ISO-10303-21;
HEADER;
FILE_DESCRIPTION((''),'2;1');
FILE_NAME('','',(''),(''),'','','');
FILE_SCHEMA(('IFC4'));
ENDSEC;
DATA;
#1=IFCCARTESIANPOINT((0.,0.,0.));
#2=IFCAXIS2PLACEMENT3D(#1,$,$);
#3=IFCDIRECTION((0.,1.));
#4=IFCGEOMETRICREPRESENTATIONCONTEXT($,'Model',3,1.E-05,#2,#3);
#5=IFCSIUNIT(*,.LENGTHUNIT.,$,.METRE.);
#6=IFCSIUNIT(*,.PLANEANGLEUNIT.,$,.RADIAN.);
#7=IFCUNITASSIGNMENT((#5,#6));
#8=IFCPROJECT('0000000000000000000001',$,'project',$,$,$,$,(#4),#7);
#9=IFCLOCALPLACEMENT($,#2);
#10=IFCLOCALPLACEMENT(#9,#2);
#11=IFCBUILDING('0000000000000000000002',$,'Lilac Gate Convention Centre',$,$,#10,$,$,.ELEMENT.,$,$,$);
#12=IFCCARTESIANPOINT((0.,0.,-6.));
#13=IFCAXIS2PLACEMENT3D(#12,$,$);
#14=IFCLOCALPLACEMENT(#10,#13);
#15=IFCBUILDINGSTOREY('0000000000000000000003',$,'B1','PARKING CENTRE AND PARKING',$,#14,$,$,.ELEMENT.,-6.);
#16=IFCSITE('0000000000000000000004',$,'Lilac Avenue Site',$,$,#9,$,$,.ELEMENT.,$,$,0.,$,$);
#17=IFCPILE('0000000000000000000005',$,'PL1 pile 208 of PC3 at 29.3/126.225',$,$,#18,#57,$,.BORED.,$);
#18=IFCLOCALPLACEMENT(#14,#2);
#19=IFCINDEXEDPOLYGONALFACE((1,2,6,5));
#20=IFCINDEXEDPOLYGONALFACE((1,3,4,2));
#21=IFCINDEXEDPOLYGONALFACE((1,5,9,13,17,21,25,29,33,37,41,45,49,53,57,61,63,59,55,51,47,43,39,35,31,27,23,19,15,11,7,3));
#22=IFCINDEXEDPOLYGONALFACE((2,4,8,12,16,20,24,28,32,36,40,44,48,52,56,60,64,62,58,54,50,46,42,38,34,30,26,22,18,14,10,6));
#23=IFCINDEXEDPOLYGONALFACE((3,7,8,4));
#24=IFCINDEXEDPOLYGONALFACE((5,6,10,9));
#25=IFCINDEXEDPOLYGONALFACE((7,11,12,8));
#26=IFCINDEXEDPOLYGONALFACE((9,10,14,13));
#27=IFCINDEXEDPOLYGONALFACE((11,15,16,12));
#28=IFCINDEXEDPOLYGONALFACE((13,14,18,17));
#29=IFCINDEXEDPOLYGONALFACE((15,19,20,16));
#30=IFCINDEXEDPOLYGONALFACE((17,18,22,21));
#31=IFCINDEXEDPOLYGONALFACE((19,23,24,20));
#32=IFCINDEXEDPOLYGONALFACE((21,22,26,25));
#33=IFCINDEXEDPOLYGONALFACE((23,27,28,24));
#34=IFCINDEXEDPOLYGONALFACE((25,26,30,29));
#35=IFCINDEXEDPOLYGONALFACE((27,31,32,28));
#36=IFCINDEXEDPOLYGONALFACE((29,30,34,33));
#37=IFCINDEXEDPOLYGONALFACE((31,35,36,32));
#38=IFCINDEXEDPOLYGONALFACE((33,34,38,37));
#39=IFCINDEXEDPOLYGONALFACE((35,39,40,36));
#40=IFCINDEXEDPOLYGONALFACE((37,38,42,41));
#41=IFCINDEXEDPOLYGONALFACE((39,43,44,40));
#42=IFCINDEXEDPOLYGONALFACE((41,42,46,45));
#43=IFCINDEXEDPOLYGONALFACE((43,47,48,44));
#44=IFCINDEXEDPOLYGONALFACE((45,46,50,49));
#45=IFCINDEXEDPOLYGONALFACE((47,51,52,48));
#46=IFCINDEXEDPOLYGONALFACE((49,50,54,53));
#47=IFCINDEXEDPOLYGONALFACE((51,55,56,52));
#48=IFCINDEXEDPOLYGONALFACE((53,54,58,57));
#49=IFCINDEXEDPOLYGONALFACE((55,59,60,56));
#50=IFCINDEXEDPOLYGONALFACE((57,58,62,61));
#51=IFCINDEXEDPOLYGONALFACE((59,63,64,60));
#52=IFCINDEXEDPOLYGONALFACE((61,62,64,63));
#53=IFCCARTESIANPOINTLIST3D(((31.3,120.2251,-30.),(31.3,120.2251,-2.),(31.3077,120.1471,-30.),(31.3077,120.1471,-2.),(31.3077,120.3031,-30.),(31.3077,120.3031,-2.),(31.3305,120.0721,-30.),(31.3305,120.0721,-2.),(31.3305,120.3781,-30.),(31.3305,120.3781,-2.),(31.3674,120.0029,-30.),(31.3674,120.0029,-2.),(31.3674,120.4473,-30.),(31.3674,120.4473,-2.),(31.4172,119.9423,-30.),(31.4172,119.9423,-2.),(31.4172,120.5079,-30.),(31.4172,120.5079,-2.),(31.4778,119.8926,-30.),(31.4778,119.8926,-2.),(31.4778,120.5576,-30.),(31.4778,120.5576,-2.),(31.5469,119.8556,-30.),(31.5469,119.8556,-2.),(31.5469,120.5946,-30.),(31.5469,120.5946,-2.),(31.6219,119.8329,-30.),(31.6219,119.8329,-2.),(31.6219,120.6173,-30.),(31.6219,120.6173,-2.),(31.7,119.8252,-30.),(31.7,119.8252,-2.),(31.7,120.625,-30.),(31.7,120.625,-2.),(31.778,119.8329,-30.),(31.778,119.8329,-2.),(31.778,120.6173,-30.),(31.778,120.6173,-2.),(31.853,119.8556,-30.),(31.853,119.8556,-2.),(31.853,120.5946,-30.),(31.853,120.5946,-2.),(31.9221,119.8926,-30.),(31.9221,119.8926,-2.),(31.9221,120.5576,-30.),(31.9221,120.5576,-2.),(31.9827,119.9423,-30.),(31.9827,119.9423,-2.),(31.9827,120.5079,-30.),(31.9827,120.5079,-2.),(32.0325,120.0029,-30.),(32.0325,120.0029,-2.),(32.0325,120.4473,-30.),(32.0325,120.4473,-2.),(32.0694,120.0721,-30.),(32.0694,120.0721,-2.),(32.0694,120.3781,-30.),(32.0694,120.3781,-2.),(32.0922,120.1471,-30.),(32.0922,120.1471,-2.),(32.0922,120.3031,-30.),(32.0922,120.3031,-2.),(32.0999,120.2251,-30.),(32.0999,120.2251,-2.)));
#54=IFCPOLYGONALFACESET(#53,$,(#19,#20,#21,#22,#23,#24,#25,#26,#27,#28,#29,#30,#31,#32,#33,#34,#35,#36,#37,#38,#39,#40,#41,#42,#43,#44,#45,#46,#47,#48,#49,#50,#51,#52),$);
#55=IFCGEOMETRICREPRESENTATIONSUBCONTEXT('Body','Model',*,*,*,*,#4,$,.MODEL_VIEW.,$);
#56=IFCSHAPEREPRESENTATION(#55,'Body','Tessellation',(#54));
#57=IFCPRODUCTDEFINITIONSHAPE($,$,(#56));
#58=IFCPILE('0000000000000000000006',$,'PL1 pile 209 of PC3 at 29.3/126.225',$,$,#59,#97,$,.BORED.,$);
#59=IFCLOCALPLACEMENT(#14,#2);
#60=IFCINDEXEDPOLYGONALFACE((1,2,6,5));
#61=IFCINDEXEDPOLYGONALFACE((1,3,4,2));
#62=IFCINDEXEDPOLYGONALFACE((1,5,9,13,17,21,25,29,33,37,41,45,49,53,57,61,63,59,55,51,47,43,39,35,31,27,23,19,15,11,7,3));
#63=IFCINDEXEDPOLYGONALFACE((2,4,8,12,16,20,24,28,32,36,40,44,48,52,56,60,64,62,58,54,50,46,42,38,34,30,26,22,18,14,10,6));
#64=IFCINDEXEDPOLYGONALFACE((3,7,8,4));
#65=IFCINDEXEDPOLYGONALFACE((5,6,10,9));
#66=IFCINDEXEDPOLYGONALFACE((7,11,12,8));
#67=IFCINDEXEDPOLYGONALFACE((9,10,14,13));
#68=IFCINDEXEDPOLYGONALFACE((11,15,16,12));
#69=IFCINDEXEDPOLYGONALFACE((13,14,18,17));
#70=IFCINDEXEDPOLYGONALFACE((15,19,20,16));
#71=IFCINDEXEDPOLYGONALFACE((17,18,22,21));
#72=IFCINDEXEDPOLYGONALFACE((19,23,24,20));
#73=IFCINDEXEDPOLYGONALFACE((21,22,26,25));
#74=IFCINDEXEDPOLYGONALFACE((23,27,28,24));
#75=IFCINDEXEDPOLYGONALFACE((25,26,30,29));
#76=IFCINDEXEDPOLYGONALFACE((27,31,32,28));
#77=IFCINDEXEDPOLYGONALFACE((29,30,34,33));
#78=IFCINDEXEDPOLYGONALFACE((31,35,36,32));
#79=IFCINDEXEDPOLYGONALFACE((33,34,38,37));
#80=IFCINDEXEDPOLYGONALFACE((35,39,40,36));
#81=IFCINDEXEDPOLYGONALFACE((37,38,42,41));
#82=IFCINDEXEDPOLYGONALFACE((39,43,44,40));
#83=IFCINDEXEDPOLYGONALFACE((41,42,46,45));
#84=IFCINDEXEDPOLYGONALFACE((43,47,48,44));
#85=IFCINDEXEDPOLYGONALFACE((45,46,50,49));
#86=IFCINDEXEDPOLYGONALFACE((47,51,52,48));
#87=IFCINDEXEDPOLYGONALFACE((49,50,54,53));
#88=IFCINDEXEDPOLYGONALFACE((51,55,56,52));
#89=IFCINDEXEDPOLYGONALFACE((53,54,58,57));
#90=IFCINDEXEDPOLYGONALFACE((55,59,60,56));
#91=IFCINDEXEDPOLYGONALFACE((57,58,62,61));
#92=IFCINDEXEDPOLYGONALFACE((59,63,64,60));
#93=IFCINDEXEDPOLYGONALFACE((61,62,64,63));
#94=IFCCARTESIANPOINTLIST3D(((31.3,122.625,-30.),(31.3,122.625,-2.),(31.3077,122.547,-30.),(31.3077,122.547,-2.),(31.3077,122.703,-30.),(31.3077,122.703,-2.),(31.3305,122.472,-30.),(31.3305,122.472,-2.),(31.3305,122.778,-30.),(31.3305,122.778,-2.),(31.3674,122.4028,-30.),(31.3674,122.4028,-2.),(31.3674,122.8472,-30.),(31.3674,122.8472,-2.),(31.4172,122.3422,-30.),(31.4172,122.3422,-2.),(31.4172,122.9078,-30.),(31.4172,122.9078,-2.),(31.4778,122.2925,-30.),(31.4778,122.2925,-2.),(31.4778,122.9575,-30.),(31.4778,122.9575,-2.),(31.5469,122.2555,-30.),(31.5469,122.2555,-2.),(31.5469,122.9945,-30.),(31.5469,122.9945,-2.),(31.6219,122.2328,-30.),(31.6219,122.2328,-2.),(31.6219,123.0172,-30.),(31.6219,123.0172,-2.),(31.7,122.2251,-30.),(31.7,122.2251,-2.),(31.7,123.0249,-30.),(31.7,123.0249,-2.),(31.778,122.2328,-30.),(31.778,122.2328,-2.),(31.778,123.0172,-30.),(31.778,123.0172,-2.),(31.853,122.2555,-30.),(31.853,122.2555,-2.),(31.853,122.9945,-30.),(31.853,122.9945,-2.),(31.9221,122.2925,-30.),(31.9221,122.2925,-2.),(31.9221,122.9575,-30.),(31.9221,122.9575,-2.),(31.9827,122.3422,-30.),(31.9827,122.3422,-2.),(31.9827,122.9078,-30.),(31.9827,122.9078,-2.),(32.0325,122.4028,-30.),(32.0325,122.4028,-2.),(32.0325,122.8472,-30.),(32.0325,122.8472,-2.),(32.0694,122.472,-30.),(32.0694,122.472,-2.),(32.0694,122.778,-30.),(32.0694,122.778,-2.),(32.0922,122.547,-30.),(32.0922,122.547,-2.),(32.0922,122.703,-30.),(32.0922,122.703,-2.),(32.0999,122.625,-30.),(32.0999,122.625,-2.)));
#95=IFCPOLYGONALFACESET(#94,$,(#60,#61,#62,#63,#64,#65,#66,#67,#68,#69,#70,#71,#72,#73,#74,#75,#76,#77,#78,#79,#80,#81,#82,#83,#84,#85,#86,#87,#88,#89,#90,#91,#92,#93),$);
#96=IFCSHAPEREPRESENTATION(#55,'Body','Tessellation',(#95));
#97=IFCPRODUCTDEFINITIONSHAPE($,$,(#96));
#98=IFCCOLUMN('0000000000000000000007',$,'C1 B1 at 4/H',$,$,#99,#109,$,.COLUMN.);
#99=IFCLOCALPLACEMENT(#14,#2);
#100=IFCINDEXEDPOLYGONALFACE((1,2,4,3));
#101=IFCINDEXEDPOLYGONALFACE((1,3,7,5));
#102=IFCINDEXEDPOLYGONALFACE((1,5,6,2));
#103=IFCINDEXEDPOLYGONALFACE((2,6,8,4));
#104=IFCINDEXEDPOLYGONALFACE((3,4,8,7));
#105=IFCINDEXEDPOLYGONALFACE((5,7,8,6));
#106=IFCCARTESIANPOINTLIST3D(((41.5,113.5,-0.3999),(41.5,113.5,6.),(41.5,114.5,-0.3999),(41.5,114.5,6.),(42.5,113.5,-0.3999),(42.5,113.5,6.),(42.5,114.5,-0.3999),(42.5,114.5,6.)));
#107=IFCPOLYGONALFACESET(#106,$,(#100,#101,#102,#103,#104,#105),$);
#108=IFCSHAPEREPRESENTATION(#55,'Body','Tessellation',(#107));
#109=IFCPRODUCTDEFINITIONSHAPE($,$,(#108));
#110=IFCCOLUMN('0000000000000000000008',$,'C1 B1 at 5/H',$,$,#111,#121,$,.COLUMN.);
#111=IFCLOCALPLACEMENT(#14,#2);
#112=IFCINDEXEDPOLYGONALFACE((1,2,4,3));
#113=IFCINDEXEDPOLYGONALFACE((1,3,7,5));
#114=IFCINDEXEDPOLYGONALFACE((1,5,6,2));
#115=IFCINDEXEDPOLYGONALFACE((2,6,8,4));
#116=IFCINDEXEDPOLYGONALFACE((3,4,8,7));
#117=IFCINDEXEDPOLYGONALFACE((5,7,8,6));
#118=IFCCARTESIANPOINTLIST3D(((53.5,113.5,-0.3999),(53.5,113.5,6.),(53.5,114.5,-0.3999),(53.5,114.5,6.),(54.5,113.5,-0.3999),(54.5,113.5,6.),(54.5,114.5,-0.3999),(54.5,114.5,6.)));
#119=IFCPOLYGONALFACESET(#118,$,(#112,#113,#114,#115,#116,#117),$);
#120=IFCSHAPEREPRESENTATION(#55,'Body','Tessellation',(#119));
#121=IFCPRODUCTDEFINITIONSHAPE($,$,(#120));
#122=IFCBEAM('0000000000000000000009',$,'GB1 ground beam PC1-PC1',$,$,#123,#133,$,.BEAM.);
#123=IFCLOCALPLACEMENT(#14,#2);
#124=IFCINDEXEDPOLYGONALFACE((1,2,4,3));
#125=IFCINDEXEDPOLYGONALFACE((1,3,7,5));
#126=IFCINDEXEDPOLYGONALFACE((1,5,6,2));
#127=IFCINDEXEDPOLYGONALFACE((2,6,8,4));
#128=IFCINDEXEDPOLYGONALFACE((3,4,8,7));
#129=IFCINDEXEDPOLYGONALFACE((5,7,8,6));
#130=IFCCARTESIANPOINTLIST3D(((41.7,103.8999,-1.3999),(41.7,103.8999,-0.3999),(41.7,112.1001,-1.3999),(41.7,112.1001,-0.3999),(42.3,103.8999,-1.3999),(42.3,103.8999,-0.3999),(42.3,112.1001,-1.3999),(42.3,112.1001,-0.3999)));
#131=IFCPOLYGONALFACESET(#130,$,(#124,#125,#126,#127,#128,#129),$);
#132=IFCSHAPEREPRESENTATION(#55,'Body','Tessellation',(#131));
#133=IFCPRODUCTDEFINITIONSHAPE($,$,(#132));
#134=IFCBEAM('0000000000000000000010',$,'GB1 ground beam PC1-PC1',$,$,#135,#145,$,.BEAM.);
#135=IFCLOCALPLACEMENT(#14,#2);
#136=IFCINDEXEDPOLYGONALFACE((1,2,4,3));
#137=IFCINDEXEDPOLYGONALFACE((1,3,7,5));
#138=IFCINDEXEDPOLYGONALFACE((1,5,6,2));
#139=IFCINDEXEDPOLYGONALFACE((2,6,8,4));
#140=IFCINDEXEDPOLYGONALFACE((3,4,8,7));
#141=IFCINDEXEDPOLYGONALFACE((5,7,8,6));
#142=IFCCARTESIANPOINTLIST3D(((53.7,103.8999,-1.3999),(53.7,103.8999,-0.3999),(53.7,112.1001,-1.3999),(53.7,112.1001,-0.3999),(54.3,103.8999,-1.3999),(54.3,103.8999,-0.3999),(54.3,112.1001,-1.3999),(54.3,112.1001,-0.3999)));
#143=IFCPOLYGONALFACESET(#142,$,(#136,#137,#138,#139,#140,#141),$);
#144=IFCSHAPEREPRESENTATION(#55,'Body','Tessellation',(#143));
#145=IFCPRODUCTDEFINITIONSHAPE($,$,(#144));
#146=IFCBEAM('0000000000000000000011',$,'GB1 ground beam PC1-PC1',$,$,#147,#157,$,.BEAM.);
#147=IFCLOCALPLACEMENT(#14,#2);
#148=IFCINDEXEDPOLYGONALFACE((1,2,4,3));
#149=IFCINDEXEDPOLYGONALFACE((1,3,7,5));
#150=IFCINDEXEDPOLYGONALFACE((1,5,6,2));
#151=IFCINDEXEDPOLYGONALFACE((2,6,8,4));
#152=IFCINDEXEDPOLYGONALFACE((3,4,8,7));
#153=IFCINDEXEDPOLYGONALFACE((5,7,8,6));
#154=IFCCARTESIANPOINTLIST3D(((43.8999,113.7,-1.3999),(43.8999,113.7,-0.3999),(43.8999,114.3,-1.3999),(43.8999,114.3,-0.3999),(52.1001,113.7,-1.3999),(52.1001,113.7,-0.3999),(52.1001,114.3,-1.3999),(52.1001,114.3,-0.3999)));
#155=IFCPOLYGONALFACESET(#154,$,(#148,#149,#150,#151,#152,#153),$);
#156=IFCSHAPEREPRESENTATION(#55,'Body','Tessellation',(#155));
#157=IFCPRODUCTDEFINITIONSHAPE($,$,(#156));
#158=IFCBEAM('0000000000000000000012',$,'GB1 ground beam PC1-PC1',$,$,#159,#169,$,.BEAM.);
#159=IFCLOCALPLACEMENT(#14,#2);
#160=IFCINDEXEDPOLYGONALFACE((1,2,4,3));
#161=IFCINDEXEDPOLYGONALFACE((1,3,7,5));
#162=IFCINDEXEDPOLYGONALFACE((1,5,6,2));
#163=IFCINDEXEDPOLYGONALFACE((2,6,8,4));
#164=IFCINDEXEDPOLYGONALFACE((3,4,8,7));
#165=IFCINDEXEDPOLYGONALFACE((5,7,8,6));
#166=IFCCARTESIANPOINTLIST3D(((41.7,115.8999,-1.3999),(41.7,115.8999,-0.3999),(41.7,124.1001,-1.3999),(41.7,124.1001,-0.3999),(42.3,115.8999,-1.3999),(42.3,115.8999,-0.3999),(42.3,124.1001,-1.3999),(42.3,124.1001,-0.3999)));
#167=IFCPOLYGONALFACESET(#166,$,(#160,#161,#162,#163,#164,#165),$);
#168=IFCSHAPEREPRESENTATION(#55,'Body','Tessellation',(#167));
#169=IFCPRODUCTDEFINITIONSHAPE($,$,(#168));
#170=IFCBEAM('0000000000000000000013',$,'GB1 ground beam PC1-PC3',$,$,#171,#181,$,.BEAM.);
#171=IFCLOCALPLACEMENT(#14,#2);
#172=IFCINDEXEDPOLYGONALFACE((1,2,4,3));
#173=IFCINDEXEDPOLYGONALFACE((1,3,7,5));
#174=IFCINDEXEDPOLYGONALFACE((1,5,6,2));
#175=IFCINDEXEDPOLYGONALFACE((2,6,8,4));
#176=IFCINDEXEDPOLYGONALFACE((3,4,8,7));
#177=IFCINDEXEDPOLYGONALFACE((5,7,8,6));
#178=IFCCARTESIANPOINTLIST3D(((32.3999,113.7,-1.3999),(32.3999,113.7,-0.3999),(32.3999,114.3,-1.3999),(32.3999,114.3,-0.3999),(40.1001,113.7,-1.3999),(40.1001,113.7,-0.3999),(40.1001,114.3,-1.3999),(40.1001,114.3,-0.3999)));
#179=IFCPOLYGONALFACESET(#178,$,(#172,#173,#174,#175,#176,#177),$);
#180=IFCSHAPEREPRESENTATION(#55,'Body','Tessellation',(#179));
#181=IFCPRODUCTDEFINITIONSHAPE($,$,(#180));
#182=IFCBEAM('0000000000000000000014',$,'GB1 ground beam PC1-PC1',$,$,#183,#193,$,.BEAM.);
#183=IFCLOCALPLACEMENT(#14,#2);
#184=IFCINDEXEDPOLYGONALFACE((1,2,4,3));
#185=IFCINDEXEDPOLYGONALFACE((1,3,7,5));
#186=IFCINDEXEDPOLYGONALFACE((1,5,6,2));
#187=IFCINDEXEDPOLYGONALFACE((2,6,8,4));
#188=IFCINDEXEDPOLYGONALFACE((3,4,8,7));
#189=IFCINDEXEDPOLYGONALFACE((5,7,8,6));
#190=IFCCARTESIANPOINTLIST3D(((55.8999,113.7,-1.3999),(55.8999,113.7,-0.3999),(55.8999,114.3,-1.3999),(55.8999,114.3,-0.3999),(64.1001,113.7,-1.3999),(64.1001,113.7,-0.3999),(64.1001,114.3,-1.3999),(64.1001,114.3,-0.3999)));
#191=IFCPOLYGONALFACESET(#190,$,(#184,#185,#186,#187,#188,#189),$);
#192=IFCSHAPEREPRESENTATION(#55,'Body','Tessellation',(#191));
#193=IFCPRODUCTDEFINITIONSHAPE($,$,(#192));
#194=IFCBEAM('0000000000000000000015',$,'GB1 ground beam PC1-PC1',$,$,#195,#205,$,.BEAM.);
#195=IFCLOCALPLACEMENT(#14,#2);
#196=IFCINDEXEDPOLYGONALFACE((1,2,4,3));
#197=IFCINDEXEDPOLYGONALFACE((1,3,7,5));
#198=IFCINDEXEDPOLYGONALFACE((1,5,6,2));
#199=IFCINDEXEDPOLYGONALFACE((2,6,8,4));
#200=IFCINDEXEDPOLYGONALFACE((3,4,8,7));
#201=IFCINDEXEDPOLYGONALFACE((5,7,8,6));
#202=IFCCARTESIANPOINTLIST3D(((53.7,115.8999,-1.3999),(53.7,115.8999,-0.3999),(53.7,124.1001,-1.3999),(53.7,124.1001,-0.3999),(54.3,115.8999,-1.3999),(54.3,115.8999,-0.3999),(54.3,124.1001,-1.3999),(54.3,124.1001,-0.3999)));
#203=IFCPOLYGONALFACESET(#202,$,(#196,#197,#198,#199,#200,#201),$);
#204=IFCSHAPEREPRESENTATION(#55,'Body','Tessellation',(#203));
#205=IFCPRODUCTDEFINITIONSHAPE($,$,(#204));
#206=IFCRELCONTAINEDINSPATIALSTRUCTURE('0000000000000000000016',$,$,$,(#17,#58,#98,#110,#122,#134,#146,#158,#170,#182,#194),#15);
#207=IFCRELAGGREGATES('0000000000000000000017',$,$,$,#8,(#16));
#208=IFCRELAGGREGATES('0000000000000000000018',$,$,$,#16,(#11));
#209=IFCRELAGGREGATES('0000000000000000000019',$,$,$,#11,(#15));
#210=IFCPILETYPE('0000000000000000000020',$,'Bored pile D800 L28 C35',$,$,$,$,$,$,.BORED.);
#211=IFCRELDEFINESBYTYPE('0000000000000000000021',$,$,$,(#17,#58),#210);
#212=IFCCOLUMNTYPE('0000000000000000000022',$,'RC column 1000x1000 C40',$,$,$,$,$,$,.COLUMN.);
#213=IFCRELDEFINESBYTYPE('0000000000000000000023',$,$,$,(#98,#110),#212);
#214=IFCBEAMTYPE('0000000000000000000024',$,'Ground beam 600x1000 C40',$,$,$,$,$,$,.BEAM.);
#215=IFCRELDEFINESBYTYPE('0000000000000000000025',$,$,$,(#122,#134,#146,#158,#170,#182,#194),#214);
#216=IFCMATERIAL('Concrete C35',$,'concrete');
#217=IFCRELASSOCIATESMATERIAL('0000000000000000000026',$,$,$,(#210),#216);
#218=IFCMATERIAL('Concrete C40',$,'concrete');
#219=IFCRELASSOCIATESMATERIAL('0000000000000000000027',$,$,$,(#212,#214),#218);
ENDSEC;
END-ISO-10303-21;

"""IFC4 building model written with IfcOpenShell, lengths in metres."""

from ifc_helpers import new_model, si_unit, direction, frame, origin, origin_2d, place, context, subcontext, project, spatial, rectangle, circle, extrude, material, material_profile, profile_set, type_object, element, save


model = new_model("IFC4")

# Units and contexts
model_context = context("Model", 3, precision=1e-05, world=origin(), true_north=direction((0.0, 1.0)))
body_context = subcontext(model_context, "Body", "Model", "MODEL_VIEW")
ifc_project = project(units=[si_unit("LENGTHUNIT", "METRE"), si_unit("PLANEANGLEUNIT", "RADIAN")], contexts=[model_context])

# Site, building, storey
site_placement = place(None, origin())
site = spatial("IfcSite", under=ifc_project, at=site_placement, Name="Lilac Avenue Site", CompositionType="ELEMENT", RefElevation=0.0)
building_placement = place(site_placement, origin())
building = spatial("IfcBuilding", under=site, at=building_placement, Name="Lilac Gate Convention Centre", CompositionType="ELEMENT")
storey_placement = place(building_placement, frame((0.0, 0.0, -6.0)))
storey = spatial("IfcBuildingStorey", under=building, at=storey_placement, Name="B1", Description="PARKING CENTRE AND PARKING", CompositionType="ELEMENT", Elevation=-6.0)

# Piles
ifc_material_1 = material(Name="Concrete C35", Category="concrete")
ifc_material_profile_1 = material_profile(ifc_material_1, circle(Radius=0.3999, at=origin_2d()), Name="D800")
ifc_profile_set_1 = profile_set([ifc_material_profile_1], Name="Concrete C35")
pile_type = type_object("IfcPileType", Name="Bored pile D800 L28 C35", PredefinedType="BORED", material=ifc_profile_set_1)
for number, where, z_axis, x_axis, name in (
    (1, (31.7, 120.2251, -2.0), (0.0, 0.0, -1.0), (1.0, 0.0, 0.0), "PL1 pile 208 of PC3 at 29.3/126.225"),
    (2, (31.7, 122.625, -2.0), (0.0, 0.0, -1.0), (1.0, 0.0, 0.0), "PL1 pile 209 of PC3 at 29.3/126.225"),
):
    element("IfcPile", number, at=place(storey_placement, frame(where, z_axis=z_axis, x_axis=x_axis)), inside=storey, type_object=pile_type, Name=name, PredefinedType="BORED", context=body_context, shape_type="SweptSolid", body=[
        extrude(circle(Radius=0.3999, at=origin_2d()), origin(), (0.0, 0.0, 1.0), 28.0),
    ])

# Columns
ifc_material_2 = material(Name="Concrete C40", Category="concrete")
ifc_material_profile_2 = material_profile(ifc_material_2, rectangle(XDim=1.0, YDim=1.0, at=origin_2d()), Name="RC 1000x1000")
ifc_profile_set_2 = profile_set([ifc_material_profile_2], Name="Concrete C40")
column_type = type_object("IfcColumnType", Name="RC column 1000x1000 C40", PredefinedType="COLUMN", material=ifc_profile_set_2)
for number, where, z_axis, x_axis, name in (
    (3, (42.0, 114.0, -0.3999), (0.0, 0.0, 1.0), (1.0, 0.0, 0.0), "C1 B1 at 4/H"),
    (4, (54.0, 114.0, -0.3999), (0.0, 0.0, 1.0), (1.0, 0.0, 0.0), "C1 B1 at 5/H"),
):
    element("IfcColumn", number, at=place(storey_placement, frame(where, z_axis=z_axis, x_axis=x_axis)), inside=storey, type_object=column_type, Name=name, PredefinedType="COLUMN", context=body_context, shape_type="SweptSolid", body=[
        extrude(rectangle(XDim=1.0, YDim=1.0, at=origin_2d()), origin(), (0.0, 0.0, 1.0), 6.3999),
    ])

# Beams
ifc_material_profile_3 = material_profile(ifc_material_2, rectangle(XDim=0.6001, YDim=1.0, at=origin_2d()), Name="RC 600x1000")
ifc_profile_set_3 = profile_set([ifc_material_profile_3], Name="Concrete C40")
beam_type = type_object("IfcBeamType", Name="Ground beam 600x1000 C40", PredefinedType="BEAM", material=ifc_profile_set_3)
for number, where, z_axis, x_axis, name in (
    (5, (42.0, 103.8999, -0.8999), (0.0, 1.0, 0.0), (-1.0, 0.0, 0.0), "GB1 ground beam PC1-PC1"),
    (6, (54.0, 103.8999, -0.8999), (0.0, 1.0, 0.0), (-1.0, 0.0, 0.0), "GB1 ground beam PC1-PC1"),
    (7, (43.8999, 114.0, -0.8999), (1.0, 0.0, 0.0), (0.0, 1.0, 0.0), "GB1 ground beam PC1-PC1"),
    (8, (42.0, 115.8999, -0.8999), (0.0, 1.0, 0.0), (-1.0, 0.0, 0.0), "GB1 ground beam PC1-PC1"),
):
    element("IfcBeam", number, at=place(storey_placement, frame(where, z_axis=z_axis, x_axis=x_axis)), inside=storey, type_object=beam_type, Name=name, PredefinedType="BEAM", context=body_context, shape_type="SweptSolid", body=[
        extrude(rectangle(XDim=0.6001, YDim=1.0, at=origin_2d()), origin(), (0.0, 0.0, 1.0), 8.2002),
    ])
beam_placement = place(storey_placement, frame((32.3999, 114.0, -0.8999), z_axis=(1.0, 0.0, 0.0), x_axis=(0.0, 1.0, 0.0)))
element("IfcBeam", 9, at=beam_placement, inside=storey, type_object=beam_type, Name="GB1 ground beam PC1-PC3", PredefinedType="BEAM", context=body_context, shape_type="SweptSolid", body=[
    extrude(rectangle(XDim=0.6001, YDim=1.0, at=origin_2d()), origin(), (0.0, 0.0, 1.0), 7.7002),
])
for number, where, z_axis, x_axis, name in (
    (10, (55.8999, 114.0, -0.8999), (1.0, 0.0, 0.0), (0.0, 1.0, 0.0), "GB1 ground beam PC1-PC1"),
    (11, (54.0, 115.8999, -0.8999), (0.0, 1.0, 0.0), (-1.0, 0.0, 0.0), "GB1 ground beam PC1-PC1"),
):
    element("IfcBeam", number, at=place(storey_placement, frame(where, z_axis=z_axis, x_axis=x_axis)), inside=storey, type_object=beam_type, Name=name, PredefinedType="BEAM", context=body_context, shape_type="SweptSolid", body=[
        extrude(rectangle(XDim=0.6001, YDim=1.0, at=origin_2d()), origin(), (0.0, 0.0, 1.0), 8.2002),
    ])

save(model, "model.ifc")
